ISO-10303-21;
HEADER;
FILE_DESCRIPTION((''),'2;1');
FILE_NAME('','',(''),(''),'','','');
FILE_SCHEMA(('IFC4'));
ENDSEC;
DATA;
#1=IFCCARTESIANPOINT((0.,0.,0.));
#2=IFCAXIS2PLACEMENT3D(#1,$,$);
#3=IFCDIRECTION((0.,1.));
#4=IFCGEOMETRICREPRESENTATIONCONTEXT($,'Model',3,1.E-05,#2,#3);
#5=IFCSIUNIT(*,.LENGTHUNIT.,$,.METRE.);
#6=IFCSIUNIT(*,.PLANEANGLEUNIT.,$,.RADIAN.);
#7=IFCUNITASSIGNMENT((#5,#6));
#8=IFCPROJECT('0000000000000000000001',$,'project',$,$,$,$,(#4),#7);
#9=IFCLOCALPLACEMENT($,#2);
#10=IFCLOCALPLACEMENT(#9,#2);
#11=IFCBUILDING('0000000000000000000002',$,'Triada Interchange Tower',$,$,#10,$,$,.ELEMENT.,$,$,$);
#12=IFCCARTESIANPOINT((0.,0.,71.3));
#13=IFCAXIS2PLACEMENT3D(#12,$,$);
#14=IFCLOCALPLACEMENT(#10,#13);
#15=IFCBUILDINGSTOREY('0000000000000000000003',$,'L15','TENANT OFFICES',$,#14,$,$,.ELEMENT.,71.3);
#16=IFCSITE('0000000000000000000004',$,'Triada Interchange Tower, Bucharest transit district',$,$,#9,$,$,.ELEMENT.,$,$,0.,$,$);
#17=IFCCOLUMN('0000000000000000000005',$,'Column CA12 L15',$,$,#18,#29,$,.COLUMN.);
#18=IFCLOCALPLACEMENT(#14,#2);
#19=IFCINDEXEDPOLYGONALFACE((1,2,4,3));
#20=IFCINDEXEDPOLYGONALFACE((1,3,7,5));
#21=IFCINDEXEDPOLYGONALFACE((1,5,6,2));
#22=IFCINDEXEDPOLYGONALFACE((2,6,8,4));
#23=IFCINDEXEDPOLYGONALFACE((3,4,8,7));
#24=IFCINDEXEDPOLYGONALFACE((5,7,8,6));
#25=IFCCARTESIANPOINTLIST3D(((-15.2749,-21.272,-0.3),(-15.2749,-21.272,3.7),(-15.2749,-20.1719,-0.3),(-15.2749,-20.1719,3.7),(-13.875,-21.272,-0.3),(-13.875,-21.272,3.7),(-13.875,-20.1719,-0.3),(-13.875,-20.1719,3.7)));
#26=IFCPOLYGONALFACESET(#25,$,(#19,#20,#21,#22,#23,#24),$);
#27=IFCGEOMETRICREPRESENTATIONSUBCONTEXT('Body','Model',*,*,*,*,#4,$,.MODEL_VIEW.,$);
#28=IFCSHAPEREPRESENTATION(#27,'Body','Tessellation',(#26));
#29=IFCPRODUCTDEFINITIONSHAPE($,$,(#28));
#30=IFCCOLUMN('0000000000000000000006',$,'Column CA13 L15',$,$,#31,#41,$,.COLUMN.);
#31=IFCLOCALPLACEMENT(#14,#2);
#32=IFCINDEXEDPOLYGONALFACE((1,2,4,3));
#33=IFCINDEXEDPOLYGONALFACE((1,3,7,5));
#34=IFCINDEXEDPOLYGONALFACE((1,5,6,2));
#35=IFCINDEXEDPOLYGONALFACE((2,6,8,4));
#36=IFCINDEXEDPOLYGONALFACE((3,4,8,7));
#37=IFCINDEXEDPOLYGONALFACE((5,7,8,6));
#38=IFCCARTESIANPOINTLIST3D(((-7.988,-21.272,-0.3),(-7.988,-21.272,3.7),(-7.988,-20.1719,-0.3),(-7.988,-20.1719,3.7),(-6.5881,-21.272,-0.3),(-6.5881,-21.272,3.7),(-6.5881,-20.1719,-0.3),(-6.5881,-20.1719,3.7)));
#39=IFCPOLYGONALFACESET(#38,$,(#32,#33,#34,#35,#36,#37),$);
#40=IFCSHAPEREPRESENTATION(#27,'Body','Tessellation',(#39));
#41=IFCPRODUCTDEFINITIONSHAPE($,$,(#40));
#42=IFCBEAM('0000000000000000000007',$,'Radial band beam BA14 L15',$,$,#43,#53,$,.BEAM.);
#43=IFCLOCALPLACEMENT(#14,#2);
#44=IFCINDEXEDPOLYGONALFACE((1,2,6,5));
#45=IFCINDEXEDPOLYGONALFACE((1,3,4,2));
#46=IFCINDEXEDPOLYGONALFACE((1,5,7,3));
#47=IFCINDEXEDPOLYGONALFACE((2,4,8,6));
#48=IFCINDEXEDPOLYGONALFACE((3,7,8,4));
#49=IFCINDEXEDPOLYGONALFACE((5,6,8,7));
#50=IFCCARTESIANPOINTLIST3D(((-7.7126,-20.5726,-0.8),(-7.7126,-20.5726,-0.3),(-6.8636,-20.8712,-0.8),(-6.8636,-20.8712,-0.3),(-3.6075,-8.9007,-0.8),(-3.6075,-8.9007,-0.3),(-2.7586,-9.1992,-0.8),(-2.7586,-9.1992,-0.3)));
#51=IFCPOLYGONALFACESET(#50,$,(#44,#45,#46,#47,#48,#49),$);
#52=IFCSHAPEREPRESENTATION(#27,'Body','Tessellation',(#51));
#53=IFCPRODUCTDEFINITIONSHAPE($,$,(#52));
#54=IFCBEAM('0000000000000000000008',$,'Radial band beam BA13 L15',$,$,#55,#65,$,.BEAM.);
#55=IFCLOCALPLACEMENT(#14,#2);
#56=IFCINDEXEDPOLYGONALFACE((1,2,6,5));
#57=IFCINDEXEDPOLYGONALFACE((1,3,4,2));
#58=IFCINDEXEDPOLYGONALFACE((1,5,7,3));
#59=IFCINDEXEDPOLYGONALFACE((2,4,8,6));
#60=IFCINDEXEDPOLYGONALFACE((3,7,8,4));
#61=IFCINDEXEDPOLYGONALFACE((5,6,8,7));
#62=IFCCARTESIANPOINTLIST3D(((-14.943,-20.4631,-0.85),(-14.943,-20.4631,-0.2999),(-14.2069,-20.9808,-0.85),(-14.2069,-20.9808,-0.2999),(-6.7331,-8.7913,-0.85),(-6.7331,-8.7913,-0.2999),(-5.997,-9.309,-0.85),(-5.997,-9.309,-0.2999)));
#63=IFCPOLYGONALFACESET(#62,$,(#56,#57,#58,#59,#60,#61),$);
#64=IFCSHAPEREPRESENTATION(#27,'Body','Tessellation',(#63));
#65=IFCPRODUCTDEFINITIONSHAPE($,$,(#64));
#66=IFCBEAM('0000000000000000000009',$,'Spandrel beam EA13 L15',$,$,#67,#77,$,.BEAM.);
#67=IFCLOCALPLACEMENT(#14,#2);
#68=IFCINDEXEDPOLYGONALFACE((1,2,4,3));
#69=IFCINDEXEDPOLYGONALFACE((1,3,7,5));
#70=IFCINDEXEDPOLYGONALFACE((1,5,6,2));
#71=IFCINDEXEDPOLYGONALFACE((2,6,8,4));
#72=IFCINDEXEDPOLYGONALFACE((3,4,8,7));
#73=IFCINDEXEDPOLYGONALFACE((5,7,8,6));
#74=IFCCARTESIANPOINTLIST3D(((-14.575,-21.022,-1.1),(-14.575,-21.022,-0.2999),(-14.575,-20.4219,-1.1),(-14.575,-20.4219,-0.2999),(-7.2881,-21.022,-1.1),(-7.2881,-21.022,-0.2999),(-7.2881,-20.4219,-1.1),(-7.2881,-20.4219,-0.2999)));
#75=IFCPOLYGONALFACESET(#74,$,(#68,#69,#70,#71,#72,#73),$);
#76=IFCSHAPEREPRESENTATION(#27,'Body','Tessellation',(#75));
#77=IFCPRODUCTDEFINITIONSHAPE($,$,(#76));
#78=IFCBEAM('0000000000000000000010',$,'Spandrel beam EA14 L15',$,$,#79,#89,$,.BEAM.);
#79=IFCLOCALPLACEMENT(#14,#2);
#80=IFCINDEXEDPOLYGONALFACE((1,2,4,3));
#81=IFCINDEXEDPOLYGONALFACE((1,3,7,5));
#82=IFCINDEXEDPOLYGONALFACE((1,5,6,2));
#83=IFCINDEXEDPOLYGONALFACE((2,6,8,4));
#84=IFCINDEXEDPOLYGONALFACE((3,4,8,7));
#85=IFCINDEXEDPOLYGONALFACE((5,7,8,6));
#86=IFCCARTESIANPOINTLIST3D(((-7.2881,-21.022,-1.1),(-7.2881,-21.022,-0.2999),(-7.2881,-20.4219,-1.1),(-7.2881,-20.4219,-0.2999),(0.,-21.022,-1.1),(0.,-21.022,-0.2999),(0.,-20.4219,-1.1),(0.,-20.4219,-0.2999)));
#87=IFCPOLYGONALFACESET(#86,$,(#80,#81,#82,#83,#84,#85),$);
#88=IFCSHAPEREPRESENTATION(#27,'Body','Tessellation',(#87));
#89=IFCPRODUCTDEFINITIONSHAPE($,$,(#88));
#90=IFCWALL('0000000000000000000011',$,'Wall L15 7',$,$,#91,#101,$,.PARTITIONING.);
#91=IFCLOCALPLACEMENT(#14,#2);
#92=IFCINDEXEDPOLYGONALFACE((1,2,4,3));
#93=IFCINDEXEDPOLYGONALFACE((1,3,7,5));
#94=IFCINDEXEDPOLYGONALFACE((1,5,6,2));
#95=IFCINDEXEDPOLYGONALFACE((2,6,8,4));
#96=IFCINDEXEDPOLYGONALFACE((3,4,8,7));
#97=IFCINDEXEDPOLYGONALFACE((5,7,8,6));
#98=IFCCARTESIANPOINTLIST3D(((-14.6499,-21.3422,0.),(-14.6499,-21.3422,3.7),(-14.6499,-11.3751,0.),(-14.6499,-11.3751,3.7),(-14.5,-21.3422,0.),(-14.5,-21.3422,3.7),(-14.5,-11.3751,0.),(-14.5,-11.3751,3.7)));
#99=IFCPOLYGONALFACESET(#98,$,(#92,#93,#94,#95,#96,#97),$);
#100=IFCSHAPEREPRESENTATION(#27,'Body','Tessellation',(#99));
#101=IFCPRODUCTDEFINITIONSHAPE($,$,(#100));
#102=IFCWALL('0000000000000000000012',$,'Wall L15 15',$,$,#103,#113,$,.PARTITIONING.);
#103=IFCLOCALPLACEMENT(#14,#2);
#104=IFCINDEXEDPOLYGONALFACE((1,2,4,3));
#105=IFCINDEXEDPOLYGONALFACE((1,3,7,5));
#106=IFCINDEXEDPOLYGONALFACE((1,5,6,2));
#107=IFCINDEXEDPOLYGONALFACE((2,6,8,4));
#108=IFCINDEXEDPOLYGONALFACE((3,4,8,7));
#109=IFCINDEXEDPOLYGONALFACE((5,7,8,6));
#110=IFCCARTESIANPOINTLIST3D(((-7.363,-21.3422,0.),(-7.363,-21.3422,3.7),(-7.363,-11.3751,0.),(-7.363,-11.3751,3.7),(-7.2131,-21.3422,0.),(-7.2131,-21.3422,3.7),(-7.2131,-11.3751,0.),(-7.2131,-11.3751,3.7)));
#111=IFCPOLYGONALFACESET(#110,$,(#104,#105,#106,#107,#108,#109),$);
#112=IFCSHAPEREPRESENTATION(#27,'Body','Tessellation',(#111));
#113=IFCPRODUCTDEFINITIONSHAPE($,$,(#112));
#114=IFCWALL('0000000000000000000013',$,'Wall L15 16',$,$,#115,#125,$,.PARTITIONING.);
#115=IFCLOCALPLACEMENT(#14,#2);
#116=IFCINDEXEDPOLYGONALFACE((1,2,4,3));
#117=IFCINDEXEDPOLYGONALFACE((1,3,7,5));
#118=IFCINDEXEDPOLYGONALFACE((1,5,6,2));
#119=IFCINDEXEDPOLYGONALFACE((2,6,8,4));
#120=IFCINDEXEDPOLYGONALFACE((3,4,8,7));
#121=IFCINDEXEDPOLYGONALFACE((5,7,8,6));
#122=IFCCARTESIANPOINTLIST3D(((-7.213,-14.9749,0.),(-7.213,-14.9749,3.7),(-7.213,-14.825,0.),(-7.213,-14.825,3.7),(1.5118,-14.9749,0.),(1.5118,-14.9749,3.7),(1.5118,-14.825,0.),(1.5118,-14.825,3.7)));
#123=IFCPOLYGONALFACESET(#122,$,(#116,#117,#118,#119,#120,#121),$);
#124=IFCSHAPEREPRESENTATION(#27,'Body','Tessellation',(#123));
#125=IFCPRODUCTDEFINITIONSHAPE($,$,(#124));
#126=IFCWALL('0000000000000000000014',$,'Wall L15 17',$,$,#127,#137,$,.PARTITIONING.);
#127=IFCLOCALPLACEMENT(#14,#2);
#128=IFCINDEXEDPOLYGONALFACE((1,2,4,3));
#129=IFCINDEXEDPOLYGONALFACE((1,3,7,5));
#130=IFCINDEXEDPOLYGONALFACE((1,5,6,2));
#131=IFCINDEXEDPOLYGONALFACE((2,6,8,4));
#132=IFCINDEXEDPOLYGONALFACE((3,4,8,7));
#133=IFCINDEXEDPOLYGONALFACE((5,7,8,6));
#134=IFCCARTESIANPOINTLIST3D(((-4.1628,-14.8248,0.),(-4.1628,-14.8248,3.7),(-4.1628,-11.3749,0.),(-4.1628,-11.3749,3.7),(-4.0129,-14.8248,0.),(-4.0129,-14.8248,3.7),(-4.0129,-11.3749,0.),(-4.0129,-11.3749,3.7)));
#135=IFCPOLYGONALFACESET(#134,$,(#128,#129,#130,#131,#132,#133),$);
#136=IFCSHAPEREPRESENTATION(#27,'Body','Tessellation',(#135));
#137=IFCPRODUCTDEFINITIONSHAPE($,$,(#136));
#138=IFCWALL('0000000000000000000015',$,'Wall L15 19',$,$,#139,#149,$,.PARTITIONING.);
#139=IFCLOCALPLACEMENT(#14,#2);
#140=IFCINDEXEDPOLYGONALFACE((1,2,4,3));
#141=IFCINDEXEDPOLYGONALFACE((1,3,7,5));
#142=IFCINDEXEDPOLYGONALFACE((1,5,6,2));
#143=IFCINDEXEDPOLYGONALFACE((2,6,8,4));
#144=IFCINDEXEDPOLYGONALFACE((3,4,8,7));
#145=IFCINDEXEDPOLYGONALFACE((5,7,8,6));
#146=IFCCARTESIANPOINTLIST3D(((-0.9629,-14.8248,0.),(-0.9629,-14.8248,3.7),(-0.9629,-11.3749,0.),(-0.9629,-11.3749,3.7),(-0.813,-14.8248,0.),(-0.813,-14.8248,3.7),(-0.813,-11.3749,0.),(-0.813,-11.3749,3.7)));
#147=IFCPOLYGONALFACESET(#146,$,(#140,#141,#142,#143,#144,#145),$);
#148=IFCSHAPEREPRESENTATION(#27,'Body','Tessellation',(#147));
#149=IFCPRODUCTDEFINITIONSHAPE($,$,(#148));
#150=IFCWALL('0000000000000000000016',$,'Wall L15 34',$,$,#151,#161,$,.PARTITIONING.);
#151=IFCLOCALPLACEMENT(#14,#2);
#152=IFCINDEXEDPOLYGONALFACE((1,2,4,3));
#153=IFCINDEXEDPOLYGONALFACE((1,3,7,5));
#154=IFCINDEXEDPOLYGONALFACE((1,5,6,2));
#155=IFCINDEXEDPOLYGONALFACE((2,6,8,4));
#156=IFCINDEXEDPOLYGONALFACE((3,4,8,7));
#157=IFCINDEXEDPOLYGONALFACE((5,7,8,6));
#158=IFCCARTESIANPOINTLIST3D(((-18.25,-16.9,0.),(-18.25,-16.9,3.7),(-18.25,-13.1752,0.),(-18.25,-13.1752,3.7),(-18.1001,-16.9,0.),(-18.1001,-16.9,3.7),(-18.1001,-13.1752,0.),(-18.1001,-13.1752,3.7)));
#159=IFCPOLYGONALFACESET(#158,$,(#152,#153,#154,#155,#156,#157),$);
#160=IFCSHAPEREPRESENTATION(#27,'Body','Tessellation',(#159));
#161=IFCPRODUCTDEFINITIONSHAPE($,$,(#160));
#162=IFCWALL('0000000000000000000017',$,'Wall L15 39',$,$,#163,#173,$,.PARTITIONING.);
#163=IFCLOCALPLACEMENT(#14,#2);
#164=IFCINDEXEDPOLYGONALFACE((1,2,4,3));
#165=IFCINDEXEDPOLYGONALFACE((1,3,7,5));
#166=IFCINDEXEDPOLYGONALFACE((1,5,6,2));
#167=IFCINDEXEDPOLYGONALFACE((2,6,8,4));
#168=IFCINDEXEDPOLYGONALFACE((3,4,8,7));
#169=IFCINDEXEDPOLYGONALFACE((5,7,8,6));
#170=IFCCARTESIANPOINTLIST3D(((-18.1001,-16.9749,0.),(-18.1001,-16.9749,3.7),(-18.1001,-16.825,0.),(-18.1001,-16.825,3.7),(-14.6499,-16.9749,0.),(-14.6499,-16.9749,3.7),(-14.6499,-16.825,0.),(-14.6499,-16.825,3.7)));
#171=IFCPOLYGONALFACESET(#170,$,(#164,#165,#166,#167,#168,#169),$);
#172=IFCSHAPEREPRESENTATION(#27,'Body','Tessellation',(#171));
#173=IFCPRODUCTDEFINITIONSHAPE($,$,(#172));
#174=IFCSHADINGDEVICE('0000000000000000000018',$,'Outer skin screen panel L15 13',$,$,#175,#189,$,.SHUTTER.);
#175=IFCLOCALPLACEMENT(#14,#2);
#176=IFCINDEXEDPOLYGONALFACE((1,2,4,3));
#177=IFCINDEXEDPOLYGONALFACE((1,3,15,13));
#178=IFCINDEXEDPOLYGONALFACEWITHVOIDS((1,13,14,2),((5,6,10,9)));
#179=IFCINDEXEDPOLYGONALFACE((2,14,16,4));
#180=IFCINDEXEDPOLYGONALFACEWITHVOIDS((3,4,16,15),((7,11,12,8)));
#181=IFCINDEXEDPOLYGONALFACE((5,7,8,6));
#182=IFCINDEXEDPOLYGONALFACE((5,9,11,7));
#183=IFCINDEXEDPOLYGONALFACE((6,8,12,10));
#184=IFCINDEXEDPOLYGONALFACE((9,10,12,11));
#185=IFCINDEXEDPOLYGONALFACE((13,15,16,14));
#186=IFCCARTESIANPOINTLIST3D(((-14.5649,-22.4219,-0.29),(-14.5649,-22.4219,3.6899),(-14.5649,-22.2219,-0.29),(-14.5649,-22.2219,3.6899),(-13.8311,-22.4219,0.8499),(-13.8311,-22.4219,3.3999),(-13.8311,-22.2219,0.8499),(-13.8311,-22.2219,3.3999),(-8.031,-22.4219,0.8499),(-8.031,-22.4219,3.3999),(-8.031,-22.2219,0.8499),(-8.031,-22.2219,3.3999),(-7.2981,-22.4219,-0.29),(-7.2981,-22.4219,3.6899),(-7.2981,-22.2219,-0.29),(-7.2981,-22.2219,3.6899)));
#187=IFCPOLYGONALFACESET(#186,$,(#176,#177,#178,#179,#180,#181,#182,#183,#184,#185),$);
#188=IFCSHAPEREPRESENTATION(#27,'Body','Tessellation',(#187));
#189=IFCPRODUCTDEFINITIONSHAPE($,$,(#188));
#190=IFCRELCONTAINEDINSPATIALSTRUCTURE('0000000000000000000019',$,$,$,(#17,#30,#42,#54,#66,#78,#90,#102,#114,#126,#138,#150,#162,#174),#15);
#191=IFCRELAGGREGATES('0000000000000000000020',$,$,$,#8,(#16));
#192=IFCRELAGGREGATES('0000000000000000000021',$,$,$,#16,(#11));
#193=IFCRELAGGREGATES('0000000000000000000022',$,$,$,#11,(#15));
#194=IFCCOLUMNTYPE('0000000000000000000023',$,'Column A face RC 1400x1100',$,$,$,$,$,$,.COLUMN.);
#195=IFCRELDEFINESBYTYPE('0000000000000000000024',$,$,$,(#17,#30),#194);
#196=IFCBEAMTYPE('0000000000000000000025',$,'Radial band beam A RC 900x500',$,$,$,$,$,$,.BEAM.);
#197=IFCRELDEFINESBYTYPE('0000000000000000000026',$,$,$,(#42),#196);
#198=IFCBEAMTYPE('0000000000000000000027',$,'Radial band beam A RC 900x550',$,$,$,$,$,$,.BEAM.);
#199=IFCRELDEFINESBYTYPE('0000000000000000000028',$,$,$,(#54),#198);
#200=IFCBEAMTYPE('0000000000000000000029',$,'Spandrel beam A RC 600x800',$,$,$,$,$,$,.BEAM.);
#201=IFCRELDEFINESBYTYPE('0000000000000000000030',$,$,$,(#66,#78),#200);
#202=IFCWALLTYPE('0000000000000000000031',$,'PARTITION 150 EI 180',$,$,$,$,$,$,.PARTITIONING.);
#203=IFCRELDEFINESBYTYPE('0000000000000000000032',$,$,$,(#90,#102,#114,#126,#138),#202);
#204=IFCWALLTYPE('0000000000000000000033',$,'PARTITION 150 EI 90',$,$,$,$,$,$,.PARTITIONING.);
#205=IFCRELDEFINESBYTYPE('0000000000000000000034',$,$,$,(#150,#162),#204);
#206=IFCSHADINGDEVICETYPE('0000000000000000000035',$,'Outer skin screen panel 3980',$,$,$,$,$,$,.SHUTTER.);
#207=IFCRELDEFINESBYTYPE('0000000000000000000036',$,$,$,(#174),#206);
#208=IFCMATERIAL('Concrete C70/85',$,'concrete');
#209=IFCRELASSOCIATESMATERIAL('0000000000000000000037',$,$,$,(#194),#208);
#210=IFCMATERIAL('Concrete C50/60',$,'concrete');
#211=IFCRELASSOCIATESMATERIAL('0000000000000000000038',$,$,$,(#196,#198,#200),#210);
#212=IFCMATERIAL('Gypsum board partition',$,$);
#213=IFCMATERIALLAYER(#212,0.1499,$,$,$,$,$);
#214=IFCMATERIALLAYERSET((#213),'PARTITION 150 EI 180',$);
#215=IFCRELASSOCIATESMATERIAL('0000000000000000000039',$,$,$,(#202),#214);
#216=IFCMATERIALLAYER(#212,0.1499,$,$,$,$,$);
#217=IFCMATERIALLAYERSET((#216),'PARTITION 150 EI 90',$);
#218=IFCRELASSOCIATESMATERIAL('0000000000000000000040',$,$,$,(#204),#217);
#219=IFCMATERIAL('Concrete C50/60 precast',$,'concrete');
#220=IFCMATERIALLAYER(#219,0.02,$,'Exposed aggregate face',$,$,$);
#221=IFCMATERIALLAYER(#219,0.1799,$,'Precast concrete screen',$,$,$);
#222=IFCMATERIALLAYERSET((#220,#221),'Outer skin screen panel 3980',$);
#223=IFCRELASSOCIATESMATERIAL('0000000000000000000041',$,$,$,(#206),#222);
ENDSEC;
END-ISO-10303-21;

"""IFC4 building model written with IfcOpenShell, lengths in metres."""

from ifc_helpers import new_model, si_unit, direction, frame, frame_2d, origin, origin_2d, place, context, subcontext, project, spatial, polyline, rectangle, outline, extrude, material, layer, layer_set, material_profile, profile_set, type_object, element, save


model = new_model("IFC4")

# Units and contexts
model_context = context("Model", 3, precision=1e-05, world=origin(), true_north=direction((0.0, 1.0)))
body_context = subcontext(model_context, "Body", "Model", "MODEL_VIEW")
ifc_project = project(units=[si_unit("LENGTHUNIT", "METRE"), si_unit("PLANEANGLEUNIT", "RADIAN")], contexts=[model_context])

# Site, building, storey
site_placement = place(None, origin())
site = spatial("IfcSite", under=ifc_project, at=site_placement, Name="Triada Interchange Tower, Bucharest transit district", CompositionType="ELEMENT", RefElevation=0.0)
building_placement = place(site_placement, origin())
building = spatial("IfcBuilding", under=site, at=building_placement, Name="Triada Interchange Tower", CompositionType="ELEMENT")
storey_placement = place(building_placement, frame((0.0, 0.0, 71.3)))
storey = spatial("IfcBuildingStorey", under=building, at=storey_placement, Name="L15", Description="TENANT OFFICES", CompositionType="ELEMENT", Elevation=71.3)

# Columns
ifc_material_1 = material(Name="Concrete C70/85", Category="concrete")
ifc_material_profile_1 = material_profile(ifc_material_1, rectangle(XDim=1.3999, YDim=1.1001, at=origin_2d()), Name="RC 1400x1100")
ifc_profile_set_1 = profile_set([ifc_material_profile_1], Name="Concrete C70/85")
column_type = type_object("IfcColumnType", Name="Column A face RC 1400x1100", PredefinedType="COLUMN", material=ifc_profile_set_1)
for number, where, z_axis, x_axis, name in (
    (1, (-14.575, -20.7219, -0.3), (0.0, 0.0, 1.0), (1.0, 0.0, 0.0), "Column CA12 L15"),
    (2, (-7.2881, -20.7219, -0.3), (0.0, 0.0, 1.0), (1.0, 0.0, 0.0), "Column CA13 L15"),
):
    element("IfcColumn", number, at=place(storey_placement, frame(where, z_axis=z_axis, x_axis=x_axis)), inside=storey, type_object=column_type, Name=name, PredefinedType="COLUMN", context=body_context, shape_type="SweptSolid", body=[
        extrude(rectangle(XDim=1.3999, YDim=1.1001, at=origin_2d()), origin(), (0.0, 0.0, 1.0), 4.0),
    ])

# Beams
ifc_material_2 = material(Name="Concrete C50/60", Category="concrete")
ifc_material_profile_2 = material_profile(ifc_material_2, rectangle(XDim=0.8999, YDim=0.5, at=origin_2d()), Name="RC 900x500")
ifc_profile_set_2 = profile_set([ifc_material_profile_2], Name="Concrete C50/60")
beam_type_1 = type_object("IfcBeamType", Name="Radial band beam A RC 900x500", PredefinedType="BEAM", material=ifc_profile_set_2)
beam_1_placement = place(storey_placement, frame((-7.2881, -20.7219, -0.55), z_axis=(0.331777, 0.943358, 0.0), x_axis=(-0.943358, 0.331777, 0.0)))
element("IfcBeam", 3, at=beam_1_placement, inside=storey, type_object=beam_type_1, Name="Radial band beam BA14 L15", PredefinedType="BEAM", context=body_context, shape_type="SweptSolid", body=[
    extrude(rectangle(XDim=0.8999, YDim=0.5, at=origin_2d()), origin(), (0.0, 0.0, 1.0), 12.3728),
])
ifc_material_profile_3 = material_profile(ifc_material_2, rectangle(XDim=0.8999, YDim=0.55, at=origin_2d()), Name="RC 900x550")
ifc_profile_set_3 = profile_set([ifc_material_profile_3], Name="Concrete C50/60")
beam_type_2 = type_object("IfcBeamType", Name="Radial band beam A RC 900x550", PredefinedType="BEAM", material=ifc_profile_set_3)
beam_2_placement = place(storey_placement, frame((-14.575, -20.7219, -0.575), z_axis=(0.575326, 0.817924, 0.0), x_axis=(-0.817924, 0.575326, 0.0)))
element("IfcBeam", 4, at=beam_2_placement, inside=storey, type_object=beam_type_2, Name="Radial band beam BA13 L15", PredefinedType="BEAM", context=body_context, shape_type="SweptSolid", body=[
    extrude(rectangle(XDim=0.8999, YDim=0.55, at=origin_2d()), origin(), (0.0, 0.0, 1.0), 14.27),
])
ifc_material_profile_4 = material_profile(ifc_material_2, rectangle(XDim=0.6001, YDim=0.8, at=origin_2d()), Name="RC 600x800")
ifc_profile_set_4 = profile_set([ifc_material_profile_4], Name="Concrete C50/60")
beam_type_3 = type_object("IfcBeamType", Name="Spandrel beam A RC 600x800", PredefinedType="BEAM", material=ifc_profile_set_4)
beam_3_placement = place(storey_placement, frame((-14.575, -20.7219, -0.7), z_axis=(1.0, 0.0, 0.0), x_axis=(0.0, 1.0, 0.0)))
element("IfcBeam", 5, at=beam_3_placement, inside=storey, type_object=beam_type_3, Name="Spandrel beam EA13 L15", PredefinedType="BEAM", context=body_context, shape_type="SweptSolid", body=[
    extrude(rectangle(XDim=0.6001, YDim=0.8, at=origin_2d()), origin(), (0.0, 0.0, 1.0), 7.2869),
])
beam_4_placement = place(storey_placement, frame((-7.2881, -20.7219, -0.7), z_axis=(1.0, 0.0, 0.0), x_axis=(0.0, 1.0, 0.0)))
element("IfcBeam", 6, at=beam_4_placement, inside=storey, type_object=beam_type_3, Name="Spandrel beam EA14 L15", PredefinedType="BEAM", context=body_context, shape_type="SweptSolid", body=[
    extrude(rectangle(XDim=0.6001, YDim=0.8, at=origin_2d()), origin(), (0.0, 0.0, 1.0), 7.2881),
])

# Walls
ifc_material_3 = material(Name="Gypsum board partition")
ifc_layer_1 = layer(ifc_material_3, 0.1499)
ifc_layer_set_1 = layer_set([ifc_layer_1], Name="PARTITION 150 EI 180")
wall_type_1 = type_object("IfcWallType", Name="PARTITION 150 EI 180", PredefinedType="PARTITIONING", material=ifc_layer_set_1)
for number, where, z_axis, x_axis, name in (
    (7, (-14.575, -21.342, 0.0), (0.0, 0.0, 1.0), (0.0, 1.0, 0.0), "Wall L15 7"),
    (8, (-7.2881, -21.342, 0.0), (0.0, 0.0, 1.0), (0.0, 1.0, 0.0), "Wall L15 15"),
):
    element("IfcWall", number, at=place(storey_placement, frame(where, z_axis=z_axis, x_axis=x_axis)), inside=storey, type_object=wall_type_1, Name=name, PredefinedType="PARTITIONING", context=body_context, shape_type="SweptSolid", body=[
        extrude(rectangle(XDim=9.967, YDim=0.1499, at=frame_2d((4.9834, 0.0))), origin(), (0.0, 0.0, 1.0), 3.7),
    ])
wall_1_placement = place(storey_placement, frame((-7.2129, -14.8999, 0.0), z_axis=(0.0, 0.0, 1.0), x_axis=(1.0, 0.0, 0.0)))
element("IfcWall", 9, at=wall_1_placement, inside=storey, type_object=wall_type_1, Name="Wall L15 16", PredefinedType="PARTITIONING", context=body_context, shape_type="SweptSolid", body=[
    extrude(rectangle(XDim=8.7249, YDim=0.1499, at=frame_2d((4.3623, 0.0))), origin(), (0.0, 0.0, 1.0), 3.7),
])
for number, where, z_axis, x_axis, name in (
    (10, (-4.0879, -14.825, 0.0), (0.0, 0.0, 1.0), (0.0, 1.0, 0.0), "Wall L15 17"),
    (11, (-0.8879, -14.825, 0.0), (0.0, 0.0, 1.0), (0.0, 1.0, 0.0), "Wall L15 19"),
):
    element("IfcWall", number, at=place(storey_placement, frame(where, z_axis=z_axis, x_axis=x_axis)), inside=storey, type_object=wall_type_1, Name=name, PredefinedType="PARTITIONING", context=body_context, shape_type="SweptSolid", body=[
        extrude(rectangle(XDim=3.45, YDim=0.1499, at=frame_2d((1.7251, 0.0))), origin(), (0.0, 0.0, 1.0), 3.7),
    ])
ifc_layer_2 = layer(ifc_material_3, 0.1499)
ifc_layer_set_2 = layer_set([ifc_layer_2], Name="PARTITION 150 EI 90")
wall_type_2 = type_object("IfcWallType", Name="PARTITION 150 EI 90", PredefinedType="PARTITIONING", material=ifc_layer_set_2)
wall_2_placement = place(storey_placement, frame((-18.175, -16.8999, 0.0), z_axis=(0.0, 0.0, 1.0), x_axis=(0.0, 1.0, 0.0)))
element("IfcWall", 12, at=wall_2_placement, inside=storey, type_object=wall_type_2, Name="Wall L15 34", PredefinedType="PARTITIONING", context=body_context, shape_type="SweptSolid", body=[
    extrude(rectangle(XDim=3.7249, YDim=0.1499, at=frame_2d((1.8623, 0.0))), origin(), (0.0, 0.0, 1.0), 3.7),
])
wall_3_placement = place(storey_placement, frame((-18.1001, -16.8999, 0.0), z_axis=(0.0, 0.0, 1.0), x_axis=(1.0, 0.0, 0.0)))
element("IfcWall", 13, at=wall_3_placement, inside=storey, type_object=wall_type_2, Name="Wall L15 39", PredefinedType="PARTITIONING", context=body_context, shape_type="SweptSolid", body=[
    extrude(rectangle(XDim=3.4502, YDim=0.1499, at=frame_2d((1.7251, 0.0))), origin(), (0.0, 0.0, 1.0), 3.7),
])

# Shading device
ifc_material_4 = material(Name="Concrete C50/60 precast", Category="concrete")
ifc_layer_3 = layer(ifc_material_4, 0.02, Name="Exposed aggregate face")
ifc_layer_4 = layer(ifc_material_4, 0.1799, Name="Precast concrete screen")
ifc_layer_set_3 = layer_set([ifc_layer_3, ifc_layer_4], Name="Outer skin screen panel 3980")
shading_device_type = type_object("IfcShadingDeviceType", Name="Outer skin screen panel 3980", PredefinedType="SHUTTER", material=ifc_layer_set_3)
shading_device_1_placement = place(storey_placement, frame((-14.5649, -22.2219, -0.29), z_axis=(0.0, 0.0, 1.0), x_axis=(1.0, 0.0, 0.0)))
element("IfcShadingDevice", 14, at=shading_device_1_placement, inside=storey, type_object=shading_device_type, Name="Outer skin screen panel L15 13", PredefinedType="SHUTTER", context=body_context, shape_type="SweptSolid", body=[
    extrude(outline(polyline([(0.0, 0.0), (7.2668, 0.0), (7.2668, 3.98), (0.0, 3.98), (0.0, 0.0)]), holes=[polyline([(0.7339, 1.1399), (0.7339, 3.6899), (6.5339, 3.6899), (6.5339, 1.1399), (0.7339, 1.1399)])]), frame((0.0, 0.0, 0.0), z_axis=(0.0, -1.0, 0.0), x_axis=(1.0, 0.0, 0.0)), (0.0, 0.0, 1.0), 0.2),
])

save(model, "model.ifc")
